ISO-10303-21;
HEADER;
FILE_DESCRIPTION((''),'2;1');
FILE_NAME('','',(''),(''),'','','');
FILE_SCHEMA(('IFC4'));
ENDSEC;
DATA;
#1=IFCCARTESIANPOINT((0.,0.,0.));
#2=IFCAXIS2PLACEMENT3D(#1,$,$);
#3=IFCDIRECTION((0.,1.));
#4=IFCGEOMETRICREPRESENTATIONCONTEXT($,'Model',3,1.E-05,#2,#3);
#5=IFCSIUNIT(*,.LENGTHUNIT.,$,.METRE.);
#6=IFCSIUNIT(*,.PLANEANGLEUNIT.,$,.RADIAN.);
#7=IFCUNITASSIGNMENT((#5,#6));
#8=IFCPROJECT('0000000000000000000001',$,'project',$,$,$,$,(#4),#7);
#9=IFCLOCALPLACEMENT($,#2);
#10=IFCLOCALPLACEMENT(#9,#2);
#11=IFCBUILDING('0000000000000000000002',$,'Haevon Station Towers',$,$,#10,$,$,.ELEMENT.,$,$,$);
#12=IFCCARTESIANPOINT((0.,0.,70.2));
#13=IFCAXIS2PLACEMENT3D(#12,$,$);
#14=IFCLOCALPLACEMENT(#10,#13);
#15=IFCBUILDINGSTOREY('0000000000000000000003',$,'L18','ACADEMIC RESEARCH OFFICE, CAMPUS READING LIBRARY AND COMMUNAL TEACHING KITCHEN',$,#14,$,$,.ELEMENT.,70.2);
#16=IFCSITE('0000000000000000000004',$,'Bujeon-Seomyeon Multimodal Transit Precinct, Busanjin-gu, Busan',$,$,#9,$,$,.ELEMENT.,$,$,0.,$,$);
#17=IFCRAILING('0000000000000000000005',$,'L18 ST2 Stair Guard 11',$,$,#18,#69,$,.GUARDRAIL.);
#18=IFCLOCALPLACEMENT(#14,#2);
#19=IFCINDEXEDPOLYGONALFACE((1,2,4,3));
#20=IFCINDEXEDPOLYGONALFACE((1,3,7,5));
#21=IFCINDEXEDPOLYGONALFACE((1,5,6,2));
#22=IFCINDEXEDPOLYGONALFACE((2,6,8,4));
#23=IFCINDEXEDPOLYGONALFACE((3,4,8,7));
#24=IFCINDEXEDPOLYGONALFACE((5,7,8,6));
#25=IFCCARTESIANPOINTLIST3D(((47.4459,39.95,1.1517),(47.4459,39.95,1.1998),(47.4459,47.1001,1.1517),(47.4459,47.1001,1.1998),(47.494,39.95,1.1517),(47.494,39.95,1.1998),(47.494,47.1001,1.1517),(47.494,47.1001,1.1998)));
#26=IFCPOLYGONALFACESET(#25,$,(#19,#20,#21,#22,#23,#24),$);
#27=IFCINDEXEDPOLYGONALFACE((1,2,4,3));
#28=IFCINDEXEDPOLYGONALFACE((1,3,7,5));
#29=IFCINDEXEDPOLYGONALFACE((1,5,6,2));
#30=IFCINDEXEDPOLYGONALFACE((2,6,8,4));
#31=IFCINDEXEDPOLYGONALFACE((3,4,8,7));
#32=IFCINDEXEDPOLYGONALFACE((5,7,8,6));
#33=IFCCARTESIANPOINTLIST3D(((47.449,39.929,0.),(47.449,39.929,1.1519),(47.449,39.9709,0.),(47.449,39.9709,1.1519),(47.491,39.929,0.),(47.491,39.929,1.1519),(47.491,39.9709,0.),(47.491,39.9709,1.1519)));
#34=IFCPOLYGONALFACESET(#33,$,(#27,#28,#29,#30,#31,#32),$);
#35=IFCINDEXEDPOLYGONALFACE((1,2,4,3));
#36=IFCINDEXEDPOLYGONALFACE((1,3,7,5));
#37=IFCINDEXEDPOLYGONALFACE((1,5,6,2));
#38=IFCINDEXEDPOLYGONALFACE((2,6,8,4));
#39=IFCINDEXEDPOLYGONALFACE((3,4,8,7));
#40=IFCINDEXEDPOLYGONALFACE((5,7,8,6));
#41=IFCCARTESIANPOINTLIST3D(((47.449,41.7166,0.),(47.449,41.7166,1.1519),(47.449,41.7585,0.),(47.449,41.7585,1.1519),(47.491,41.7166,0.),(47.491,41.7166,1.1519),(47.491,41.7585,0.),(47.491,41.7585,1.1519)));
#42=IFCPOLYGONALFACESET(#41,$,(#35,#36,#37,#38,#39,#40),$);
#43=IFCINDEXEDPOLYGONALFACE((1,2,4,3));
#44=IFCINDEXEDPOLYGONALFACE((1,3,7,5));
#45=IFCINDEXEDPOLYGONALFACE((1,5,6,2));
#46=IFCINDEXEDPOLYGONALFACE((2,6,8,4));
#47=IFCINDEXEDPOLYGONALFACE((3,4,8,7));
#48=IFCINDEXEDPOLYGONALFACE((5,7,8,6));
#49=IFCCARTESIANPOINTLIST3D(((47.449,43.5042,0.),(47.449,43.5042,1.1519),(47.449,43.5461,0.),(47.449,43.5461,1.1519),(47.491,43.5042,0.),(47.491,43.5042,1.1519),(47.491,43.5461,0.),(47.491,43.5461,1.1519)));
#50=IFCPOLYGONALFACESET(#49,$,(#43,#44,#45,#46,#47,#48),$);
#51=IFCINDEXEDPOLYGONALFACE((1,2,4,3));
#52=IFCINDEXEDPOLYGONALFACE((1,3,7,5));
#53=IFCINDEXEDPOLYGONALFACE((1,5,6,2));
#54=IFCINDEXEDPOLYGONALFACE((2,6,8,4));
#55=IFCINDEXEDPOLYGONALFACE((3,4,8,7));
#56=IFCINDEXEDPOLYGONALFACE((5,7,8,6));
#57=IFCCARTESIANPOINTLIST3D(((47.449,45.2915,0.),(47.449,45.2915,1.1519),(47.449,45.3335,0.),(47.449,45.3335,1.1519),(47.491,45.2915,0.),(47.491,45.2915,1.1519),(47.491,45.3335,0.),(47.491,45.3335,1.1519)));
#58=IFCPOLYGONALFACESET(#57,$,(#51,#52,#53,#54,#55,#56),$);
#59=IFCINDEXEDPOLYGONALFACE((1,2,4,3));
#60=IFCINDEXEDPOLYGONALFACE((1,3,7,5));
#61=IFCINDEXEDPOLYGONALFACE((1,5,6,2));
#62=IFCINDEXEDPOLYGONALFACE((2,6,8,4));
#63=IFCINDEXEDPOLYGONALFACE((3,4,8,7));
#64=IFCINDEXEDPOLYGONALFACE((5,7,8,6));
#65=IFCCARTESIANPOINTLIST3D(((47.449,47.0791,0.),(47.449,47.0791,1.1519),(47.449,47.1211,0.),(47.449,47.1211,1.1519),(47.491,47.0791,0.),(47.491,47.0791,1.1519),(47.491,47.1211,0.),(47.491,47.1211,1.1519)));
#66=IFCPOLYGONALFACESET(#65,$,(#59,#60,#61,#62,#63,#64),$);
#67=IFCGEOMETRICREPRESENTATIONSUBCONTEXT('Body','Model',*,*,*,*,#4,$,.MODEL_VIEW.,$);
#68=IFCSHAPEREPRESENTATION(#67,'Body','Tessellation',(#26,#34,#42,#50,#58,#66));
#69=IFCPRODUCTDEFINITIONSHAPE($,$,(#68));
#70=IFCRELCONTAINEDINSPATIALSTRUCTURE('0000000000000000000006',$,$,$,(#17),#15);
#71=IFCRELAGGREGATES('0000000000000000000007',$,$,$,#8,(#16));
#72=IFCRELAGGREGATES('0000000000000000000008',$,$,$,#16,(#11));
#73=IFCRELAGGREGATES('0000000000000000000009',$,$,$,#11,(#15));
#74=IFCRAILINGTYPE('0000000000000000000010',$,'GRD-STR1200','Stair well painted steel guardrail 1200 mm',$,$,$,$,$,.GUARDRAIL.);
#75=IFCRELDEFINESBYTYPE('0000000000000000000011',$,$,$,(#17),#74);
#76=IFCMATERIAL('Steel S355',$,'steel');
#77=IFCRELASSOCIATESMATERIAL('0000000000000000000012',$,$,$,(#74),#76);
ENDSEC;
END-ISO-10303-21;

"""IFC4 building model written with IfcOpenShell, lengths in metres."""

from ifc_helpers import new_model, si_unit, direction, frame, origin, origin_2d, place, context, subcontext, project, spatial, rectangle, extrude, material, type_object, element, save


model = new_model("IFC4")

# Units and contexts
model_context = context("Model", 3, precision=1e-05, world=origin(), true_north=direction((0.0, 1.0)))
body_context = subcontext(model_context, "Body", "Model", "MODEL_VIEW")
ifc_project = project(units=[si_unit("LENGTHUNIT", "METRE"), si_unit("PLANEANGLEUNIT", "RADIAN")], contexts=[model_context])

# Site, building, storey
site_placement = place(None, origin())
site = spatial("IfcSite", under=ifc_project, at=site_placement, Name="Bujeon-Seomyeon Multimodal Transit Precinct, Busanjin-gu, Busan", CompositionType="ELEMENT", RefElevation=0.0)
building_placement = place(site_placement, origin())
building = spatial("IfcBuilding", under=site, at=building_placement, Name="Haevon Station Towers", CompositionType="ELEMENT")
storey_placement = place(building_placement, frame((0.0, 0.0, 70.2)))
storey = spatial("IfcBuildingStorey", under=building, at=storey_placement, Name="L18", Description="ACADEMIC RESEARCH OFFICE, CAMPUS READING LIBRARY AND COMMUNAL TEACHING KITCHEN", CompositionType="ELEMENT", Elevation=70.2)

# Shared definitions
ifc_material_1 = material(Name="Steel S355", Category="steel")

# Railing
railing_type_1 = type_object("IfcRailingType", Name="GRD-STR1200", Description="Stair well painted steel guardrail 1200 mm", PredefinedType="GUARDRAIL", material=ifc_material_1)
for number, where, name in (
    (1, (47.47, 39.95, 0.0), "L18 ST2 Stair Guard 11"),
):
    element("IfcRailing", number, at=place(storey_placement, frame(where)), inside=storey, type_object=railing_type_1, Name=name, PredefinedType="GUARDRAIL", context=body_context, shape_type="SweptSolid", body=[
        extrude(rectangle(XDim=0.0481, YDim=0.0481, at=origin_2d()), frame((0.0, 0.0, 1.1758), z_axis=(0.0, 1.0, 0.0), x_axis=(-1.0, 0.0, 0.0)), (0.0, 0.0, 1.0), 7.1501),
        extrude(rectangle(XDim=0.042, YDim=0.042, at=origin_2d()), origin(), (0.0, 0.0, 1.0), 1.1519),
        extrude(rectangle(XDim=0.042, YDim=0.042, at=origin_2d()), frame((0.0, 1.7876, 0.0)), (0.0, 0.0, 1.0), 1.1519),
        extrude(rectangle(XDim=0.042, YDim=0.042, at=origin_2d()), frame((0.0, 3.5752, 0.0)), (0.0, 0.0, 1.0), 1.1519),
        extrude(rectangle(XDim=0.042, YDim=0.042, at=origin_2d()), frame((0.0, 5.3625, 0.0)), (0.0, 0.0, 1.0), 1.1519),
        extrude(rectangle(XDim=0.042, YDim=0.042, at=origin_2d()), frame((0.0, 7.1501, 0.0)), (0.0, 0.0, 1.0), 1.1519),
    ])

save(model, "model.ifc")
